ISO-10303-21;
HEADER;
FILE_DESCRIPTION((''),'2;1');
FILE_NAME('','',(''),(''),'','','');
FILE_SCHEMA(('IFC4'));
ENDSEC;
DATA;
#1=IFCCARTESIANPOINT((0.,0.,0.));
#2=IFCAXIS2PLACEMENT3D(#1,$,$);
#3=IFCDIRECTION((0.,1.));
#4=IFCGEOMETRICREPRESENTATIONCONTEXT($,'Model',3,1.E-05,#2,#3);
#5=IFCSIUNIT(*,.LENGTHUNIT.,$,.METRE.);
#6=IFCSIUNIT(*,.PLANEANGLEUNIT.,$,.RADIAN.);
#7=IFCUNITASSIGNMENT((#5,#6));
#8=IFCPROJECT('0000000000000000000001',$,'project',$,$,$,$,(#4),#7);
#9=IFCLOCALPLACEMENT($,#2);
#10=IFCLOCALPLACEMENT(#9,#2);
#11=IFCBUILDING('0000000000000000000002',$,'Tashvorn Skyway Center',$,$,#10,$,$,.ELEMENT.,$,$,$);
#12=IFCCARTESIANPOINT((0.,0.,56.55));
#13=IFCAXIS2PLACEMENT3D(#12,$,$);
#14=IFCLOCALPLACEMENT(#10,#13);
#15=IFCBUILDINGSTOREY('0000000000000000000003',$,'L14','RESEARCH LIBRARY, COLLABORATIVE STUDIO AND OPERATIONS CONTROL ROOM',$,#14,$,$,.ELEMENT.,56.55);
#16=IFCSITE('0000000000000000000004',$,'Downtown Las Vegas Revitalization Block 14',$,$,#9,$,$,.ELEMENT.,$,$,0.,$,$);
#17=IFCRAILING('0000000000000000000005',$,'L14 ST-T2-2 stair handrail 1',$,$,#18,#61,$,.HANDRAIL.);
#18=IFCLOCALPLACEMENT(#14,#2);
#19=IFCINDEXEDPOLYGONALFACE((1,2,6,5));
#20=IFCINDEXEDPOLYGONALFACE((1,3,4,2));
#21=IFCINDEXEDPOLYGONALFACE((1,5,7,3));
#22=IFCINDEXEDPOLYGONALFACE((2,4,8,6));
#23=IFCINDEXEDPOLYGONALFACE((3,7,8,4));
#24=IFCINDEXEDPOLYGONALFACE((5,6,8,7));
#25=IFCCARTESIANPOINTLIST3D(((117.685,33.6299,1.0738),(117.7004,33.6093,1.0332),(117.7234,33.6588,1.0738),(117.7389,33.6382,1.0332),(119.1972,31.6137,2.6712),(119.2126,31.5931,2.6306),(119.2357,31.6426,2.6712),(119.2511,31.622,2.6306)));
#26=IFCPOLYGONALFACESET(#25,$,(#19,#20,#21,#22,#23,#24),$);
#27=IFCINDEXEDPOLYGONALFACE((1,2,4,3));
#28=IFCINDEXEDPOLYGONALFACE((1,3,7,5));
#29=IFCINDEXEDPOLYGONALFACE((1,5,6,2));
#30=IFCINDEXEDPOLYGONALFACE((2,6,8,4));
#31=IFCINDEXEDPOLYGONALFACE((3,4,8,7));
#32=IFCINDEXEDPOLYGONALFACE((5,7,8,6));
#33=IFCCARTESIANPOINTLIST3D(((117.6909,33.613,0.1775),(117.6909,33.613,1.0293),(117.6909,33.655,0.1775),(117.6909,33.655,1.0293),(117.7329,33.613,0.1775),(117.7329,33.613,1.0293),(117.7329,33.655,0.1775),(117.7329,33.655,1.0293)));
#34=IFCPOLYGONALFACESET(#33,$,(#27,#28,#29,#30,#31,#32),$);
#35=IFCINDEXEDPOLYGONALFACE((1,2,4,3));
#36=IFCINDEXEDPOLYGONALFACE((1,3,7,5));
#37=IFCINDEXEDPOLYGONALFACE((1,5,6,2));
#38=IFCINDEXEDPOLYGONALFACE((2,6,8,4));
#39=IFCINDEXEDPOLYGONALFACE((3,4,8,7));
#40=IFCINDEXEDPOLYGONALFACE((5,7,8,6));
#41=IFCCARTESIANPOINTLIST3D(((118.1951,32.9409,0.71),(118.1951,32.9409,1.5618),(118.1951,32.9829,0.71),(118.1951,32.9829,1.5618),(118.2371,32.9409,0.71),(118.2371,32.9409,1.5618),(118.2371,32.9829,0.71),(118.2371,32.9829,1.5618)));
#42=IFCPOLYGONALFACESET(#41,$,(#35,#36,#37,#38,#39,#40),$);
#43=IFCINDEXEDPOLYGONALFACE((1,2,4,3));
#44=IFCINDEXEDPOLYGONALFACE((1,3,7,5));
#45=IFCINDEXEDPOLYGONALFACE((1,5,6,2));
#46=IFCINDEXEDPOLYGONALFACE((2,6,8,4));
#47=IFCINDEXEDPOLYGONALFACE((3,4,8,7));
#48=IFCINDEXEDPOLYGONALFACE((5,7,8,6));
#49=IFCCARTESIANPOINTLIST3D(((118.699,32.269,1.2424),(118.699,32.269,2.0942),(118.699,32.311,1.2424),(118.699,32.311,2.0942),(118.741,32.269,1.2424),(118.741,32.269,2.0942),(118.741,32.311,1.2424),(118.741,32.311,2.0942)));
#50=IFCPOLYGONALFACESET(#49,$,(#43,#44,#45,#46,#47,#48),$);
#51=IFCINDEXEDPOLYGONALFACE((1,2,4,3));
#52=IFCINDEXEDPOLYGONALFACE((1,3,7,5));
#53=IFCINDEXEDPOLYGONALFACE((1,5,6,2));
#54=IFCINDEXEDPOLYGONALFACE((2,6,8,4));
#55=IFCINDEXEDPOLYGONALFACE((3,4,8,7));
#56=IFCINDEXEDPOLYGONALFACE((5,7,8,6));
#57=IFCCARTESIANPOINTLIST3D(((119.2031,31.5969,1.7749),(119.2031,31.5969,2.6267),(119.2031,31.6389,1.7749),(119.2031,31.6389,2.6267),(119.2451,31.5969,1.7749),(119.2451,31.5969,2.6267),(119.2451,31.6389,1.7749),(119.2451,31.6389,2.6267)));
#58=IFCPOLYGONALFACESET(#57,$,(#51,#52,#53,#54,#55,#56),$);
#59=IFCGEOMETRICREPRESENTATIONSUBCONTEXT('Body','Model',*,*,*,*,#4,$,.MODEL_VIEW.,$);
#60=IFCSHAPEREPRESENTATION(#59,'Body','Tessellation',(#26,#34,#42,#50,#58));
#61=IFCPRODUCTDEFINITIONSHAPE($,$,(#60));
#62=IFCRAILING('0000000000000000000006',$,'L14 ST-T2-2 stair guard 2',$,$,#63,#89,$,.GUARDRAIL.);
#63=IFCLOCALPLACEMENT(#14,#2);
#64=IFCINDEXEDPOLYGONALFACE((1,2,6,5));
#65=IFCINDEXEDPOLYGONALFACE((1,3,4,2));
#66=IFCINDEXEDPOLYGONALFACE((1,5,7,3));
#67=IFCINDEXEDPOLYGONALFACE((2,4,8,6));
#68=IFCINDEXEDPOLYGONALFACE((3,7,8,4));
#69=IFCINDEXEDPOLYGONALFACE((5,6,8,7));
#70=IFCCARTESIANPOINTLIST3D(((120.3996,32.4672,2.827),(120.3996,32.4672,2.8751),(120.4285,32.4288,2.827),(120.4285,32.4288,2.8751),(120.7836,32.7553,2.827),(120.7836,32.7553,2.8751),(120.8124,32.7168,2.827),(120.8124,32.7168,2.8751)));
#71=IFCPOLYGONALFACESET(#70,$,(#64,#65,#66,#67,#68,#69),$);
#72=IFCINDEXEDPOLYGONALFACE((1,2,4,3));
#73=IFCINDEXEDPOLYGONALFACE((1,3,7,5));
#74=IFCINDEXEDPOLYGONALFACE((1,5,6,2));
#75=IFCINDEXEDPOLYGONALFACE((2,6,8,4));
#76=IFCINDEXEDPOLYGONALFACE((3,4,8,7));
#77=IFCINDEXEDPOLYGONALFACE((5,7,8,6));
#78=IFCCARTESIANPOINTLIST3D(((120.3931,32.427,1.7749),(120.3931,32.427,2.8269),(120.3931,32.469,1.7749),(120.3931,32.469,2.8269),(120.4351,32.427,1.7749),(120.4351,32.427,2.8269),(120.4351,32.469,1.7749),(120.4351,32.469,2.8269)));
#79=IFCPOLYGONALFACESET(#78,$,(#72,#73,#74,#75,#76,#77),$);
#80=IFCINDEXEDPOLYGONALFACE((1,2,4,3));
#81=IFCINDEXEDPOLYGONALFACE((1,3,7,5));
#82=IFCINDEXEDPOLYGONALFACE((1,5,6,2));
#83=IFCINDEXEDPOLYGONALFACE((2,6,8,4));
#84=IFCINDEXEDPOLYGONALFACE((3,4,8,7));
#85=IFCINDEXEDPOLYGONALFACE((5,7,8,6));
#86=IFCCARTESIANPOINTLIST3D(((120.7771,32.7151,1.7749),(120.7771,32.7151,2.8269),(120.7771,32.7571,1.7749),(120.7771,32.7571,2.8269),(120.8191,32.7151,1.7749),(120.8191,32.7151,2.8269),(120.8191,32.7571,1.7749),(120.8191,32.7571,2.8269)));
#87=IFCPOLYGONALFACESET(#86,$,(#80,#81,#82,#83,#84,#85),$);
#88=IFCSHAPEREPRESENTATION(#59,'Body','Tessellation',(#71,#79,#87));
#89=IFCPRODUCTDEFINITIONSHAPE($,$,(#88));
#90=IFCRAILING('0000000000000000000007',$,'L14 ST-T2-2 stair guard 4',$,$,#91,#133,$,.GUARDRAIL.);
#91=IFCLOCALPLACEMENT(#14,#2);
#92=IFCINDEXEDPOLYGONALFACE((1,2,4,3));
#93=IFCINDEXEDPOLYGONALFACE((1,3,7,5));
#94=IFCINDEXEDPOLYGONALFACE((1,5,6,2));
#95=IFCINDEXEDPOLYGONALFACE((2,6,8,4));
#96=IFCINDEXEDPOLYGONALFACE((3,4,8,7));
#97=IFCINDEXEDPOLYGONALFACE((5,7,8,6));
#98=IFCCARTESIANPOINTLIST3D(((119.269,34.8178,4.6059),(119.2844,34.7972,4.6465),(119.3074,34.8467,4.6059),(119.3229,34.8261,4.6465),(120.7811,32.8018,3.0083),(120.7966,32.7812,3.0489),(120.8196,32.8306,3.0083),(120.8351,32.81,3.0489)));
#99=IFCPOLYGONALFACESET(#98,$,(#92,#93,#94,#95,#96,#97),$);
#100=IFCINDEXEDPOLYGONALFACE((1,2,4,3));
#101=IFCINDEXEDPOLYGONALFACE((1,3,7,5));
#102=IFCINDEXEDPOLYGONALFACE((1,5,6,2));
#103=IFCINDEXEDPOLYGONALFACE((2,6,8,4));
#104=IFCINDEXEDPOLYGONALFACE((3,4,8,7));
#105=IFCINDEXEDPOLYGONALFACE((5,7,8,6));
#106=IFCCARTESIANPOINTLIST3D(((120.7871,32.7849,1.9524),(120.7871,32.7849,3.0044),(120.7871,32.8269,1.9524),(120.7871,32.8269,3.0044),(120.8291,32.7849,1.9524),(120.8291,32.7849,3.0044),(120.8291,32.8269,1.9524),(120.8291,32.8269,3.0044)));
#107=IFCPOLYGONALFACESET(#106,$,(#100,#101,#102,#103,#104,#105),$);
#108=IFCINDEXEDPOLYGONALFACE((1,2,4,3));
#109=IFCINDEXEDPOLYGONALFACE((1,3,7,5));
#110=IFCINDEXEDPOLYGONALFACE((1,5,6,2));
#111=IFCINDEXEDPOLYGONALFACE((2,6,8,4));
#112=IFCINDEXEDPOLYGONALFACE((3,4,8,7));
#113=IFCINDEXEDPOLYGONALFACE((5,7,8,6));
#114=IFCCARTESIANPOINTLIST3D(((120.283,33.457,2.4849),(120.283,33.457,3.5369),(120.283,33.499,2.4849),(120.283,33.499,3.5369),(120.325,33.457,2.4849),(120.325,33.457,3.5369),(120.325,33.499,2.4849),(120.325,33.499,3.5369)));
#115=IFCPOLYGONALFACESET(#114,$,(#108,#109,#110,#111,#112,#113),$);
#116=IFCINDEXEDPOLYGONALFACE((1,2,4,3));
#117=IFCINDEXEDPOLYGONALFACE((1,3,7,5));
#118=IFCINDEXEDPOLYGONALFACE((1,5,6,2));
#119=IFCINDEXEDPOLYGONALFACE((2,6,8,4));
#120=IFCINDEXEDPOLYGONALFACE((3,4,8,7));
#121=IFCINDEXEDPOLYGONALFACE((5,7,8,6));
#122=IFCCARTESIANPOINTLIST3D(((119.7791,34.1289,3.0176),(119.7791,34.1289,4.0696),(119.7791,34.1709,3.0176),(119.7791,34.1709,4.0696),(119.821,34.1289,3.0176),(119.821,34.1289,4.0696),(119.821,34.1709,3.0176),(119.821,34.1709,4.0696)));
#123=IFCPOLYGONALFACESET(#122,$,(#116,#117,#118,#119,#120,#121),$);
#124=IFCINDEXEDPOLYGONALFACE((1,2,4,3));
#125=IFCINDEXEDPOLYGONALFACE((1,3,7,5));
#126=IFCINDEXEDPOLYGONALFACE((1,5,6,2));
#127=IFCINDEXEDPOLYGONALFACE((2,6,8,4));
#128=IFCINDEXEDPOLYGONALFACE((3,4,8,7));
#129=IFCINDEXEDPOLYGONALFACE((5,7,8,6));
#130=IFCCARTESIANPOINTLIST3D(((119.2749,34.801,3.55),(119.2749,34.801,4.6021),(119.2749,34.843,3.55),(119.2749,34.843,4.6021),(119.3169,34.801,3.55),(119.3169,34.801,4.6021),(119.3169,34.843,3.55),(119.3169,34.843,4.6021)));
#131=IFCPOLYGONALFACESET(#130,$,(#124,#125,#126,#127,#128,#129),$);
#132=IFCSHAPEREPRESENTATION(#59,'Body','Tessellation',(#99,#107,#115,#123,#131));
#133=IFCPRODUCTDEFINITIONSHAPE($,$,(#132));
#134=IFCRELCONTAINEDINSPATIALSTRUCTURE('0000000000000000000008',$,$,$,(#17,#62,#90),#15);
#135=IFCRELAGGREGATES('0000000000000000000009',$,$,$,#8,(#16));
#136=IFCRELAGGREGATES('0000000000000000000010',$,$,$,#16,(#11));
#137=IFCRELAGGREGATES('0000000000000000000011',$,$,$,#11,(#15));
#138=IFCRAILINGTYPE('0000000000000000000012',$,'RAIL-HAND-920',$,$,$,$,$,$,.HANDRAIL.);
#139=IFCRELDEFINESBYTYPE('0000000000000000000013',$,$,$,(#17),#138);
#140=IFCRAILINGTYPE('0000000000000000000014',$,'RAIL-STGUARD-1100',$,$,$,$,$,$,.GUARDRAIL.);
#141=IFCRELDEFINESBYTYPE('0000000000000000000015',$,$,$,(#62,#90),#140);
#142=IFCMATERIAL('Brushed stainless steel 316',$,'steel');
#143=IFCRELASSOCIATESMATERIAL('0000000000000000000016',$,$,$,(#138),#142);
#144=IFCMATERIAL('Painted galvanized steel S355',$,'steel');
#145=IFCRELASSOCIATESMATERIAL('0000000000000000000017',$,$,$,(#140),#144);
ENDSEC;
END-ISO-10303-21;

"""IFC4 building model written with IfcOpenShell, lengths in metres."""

from ifc_helpers import new_model, si_unit, direction, frame, origin, origin_2d, place, context, subcontext, project, spatial, rectangle, extrude, material, type_object, element, save


model = new_model("IFC4")

# Units and contexts
model_context = context("Model", 3, precision=1e-05, world=origin(), true_north=direction((0.0, 1.0)))
body_context = subcontext(model_context, "Body", "Model", "MODEL_VIEW")
ifc_project = project(units=[si_unit("LENGTHUNIT", "METRE"), si_unit("PLANEANGLEUNIT", "RADIAN")], contexts=[model_context])

# Site, building, storey
site_placement = place(None, origin())
site = spatial("IfcSite", under=ifc_project, at=site_placement, Name="Downtown Las Vegas Revitalization Block 14", CompositionType="ELEMENT", RefElevation=0.0)
building_placement = place(site_placement, origin())
building = spatial("IfcBuilding", under=site, at=building_placement, Name="Tashvorn Skyway Center", CompositionType="ELEMENT")
storey_placement = place(building_placement, frame((0.0, 0.0, 56.55)))
storey = spatial("IfcBuildingStorey", under=building, at=storey_placement, Name="L14", Description="RESEARCH LIBRARY, COLLABORATIVE STUDIO AND OPERATIONS CONTROL ROOM", CompositionType="ELEMENT", Elevation=56.55)

# Railings
ifc_material_1 = material(Name="Brushed stainless steel 316", Category="steel")
railing_type_1 = type_object("IfcRailingType", Name="RAIL-HAND-920", PredefinedType="HANDRAIL", material=ifc_material_1)
railing_1_placement = place(storey_placement, frame((117.7119, 33.634, 0.1775)))
element("IfcRailing", 1, at=railing_1_placement, inside=storey, type_object=railing_type_1, Name="L14 ST-T2-2 stair handrail 1", PredefinedType="HANDRAIL", context=body_context, shape_type="SweptSolid", body=[
    extrude(rectangle(XDim=0.0481, YDim=0.0481, at=origin_2d()), frame((0.0, 0.0, 0.876), z_axis=(0.506802, -0.675681, 0.535357), x_axis=(0.799977, 0.600031, 0.0)), (0.0, 0.0, 1.0), 2.9839),
    extrude(rectangle(XDim=0.042, YDim=0.042, at=origin_2d()), origin(), (0.0, 0.0, 1.0), 0.8518),
    extrude(rectangle(XDim=0.042, YDim=0.042, at=origin_2d()), frame((0.5042, -0.6721, 0.5325)), (0.0, 0.0, 1.0), 0.8518),
    extrude(rectangle(XDim=0.042, YDim=0.042, at=origin_2d()), frame((1.0081, -1.344, 1.0649)), (0.0, 0.0, 1.0), 0.8518),
    extrude(rectangle(XDim=0.042, YDim=0.042, at=origin_2d()), frame((1.5122, -2.0161, 1.5974)), (0.0, 0.0, 1.0), 0.8518),
])
ifc_material_2 = material(Name="Painted galvanized steel S355", Category="steel")
railing_type_2 = type_object("IfcRailingType", Name="RAIL-STGUARD-1100", PredefinedType="GUARDRAIL", material=ifc_material_2)
railing_2_placement = place(storey_placement, frame((120.4141, 32.448, 1.7749)))
element("IfcRailing", 2, at=railing_2_placement, inside=storey, type_object=railing_type_2, Name="L14 ST-T2-2 stair guard 2", PredefinedType="GUARDRAIL", context=body_context, shape_type="SweptSolid", body=[
    extrude(rectangle(XDim=0.0481, YDim=0.0481, at=origin_2d()), frame((0.0, 0.0, 1.0762), z_axis=(0.799939, 0.600081, 0.0), x_axis=(-0.600081, 0.799939, 0.0)), (0.0, 0.0, 1.0), 0.48),
    extrude(rectangle(XDim=0.042, YDim=0.042, at=origin_2d()), origin(), (0.0, 0.0, 1.0), 1.052),
    extrude(rectangle(XDim=0.042, YDim=0.042, at=origin_2d()), frame((0.384, 0.2881, 0.0)), (0.0, 0.0, 1.0), 1.052),
])
railing_3_placement = place(storey_placement, frame((120.8081, 32.8059, 1.9524)))
element("IfcRailing", 3, at=railing_3_placement, inside=storey, type_object=railing_type_2, Name="L14 ST-T2-2 stair guard 4", PredefinedType="GUARDRAIL", context=body_context, shape_type="SweptSolid", body=[
    extrude(rectangle(XDim=0.0481, YDim=0.0481, at=origin_2d()), frame((0.0, 0.0, 1.0762), z_axis=(-0.506779, 0.675651, 0.535416), x_axis=(-0.799977, -0.600031, 0.0)), (0.0, 0.0, 1.0), 2.9839),
    extrude(rectangle(XDim=0.042, YDim=0.042, at=origin_2d()), origin(), (0.0, 0.0, 1.0), 1.052),
    extrude(rectangle(XDim=0.042, YDim=0.042, at=origin_2d()), frame((-0.5042, 0.6721, 0.5325)), (0.0, 0.0, 1.0), 1.052),
    extrude(rectangle(XDim=0.042, YDim=0.042, at=origin_2d()), frame((-1.0081, 1.344, 1.0652)), (0.0, 0.0, 1.0), 1.052),
    extrude(rectangle(XDim=0.042, YDim=0.042, at=origin_2d()), frame((-1.5122, 2.0161, 1.5977)), (0.0, 0.0, 1.0), 1.052),
])

save(model, "model.ifc")
